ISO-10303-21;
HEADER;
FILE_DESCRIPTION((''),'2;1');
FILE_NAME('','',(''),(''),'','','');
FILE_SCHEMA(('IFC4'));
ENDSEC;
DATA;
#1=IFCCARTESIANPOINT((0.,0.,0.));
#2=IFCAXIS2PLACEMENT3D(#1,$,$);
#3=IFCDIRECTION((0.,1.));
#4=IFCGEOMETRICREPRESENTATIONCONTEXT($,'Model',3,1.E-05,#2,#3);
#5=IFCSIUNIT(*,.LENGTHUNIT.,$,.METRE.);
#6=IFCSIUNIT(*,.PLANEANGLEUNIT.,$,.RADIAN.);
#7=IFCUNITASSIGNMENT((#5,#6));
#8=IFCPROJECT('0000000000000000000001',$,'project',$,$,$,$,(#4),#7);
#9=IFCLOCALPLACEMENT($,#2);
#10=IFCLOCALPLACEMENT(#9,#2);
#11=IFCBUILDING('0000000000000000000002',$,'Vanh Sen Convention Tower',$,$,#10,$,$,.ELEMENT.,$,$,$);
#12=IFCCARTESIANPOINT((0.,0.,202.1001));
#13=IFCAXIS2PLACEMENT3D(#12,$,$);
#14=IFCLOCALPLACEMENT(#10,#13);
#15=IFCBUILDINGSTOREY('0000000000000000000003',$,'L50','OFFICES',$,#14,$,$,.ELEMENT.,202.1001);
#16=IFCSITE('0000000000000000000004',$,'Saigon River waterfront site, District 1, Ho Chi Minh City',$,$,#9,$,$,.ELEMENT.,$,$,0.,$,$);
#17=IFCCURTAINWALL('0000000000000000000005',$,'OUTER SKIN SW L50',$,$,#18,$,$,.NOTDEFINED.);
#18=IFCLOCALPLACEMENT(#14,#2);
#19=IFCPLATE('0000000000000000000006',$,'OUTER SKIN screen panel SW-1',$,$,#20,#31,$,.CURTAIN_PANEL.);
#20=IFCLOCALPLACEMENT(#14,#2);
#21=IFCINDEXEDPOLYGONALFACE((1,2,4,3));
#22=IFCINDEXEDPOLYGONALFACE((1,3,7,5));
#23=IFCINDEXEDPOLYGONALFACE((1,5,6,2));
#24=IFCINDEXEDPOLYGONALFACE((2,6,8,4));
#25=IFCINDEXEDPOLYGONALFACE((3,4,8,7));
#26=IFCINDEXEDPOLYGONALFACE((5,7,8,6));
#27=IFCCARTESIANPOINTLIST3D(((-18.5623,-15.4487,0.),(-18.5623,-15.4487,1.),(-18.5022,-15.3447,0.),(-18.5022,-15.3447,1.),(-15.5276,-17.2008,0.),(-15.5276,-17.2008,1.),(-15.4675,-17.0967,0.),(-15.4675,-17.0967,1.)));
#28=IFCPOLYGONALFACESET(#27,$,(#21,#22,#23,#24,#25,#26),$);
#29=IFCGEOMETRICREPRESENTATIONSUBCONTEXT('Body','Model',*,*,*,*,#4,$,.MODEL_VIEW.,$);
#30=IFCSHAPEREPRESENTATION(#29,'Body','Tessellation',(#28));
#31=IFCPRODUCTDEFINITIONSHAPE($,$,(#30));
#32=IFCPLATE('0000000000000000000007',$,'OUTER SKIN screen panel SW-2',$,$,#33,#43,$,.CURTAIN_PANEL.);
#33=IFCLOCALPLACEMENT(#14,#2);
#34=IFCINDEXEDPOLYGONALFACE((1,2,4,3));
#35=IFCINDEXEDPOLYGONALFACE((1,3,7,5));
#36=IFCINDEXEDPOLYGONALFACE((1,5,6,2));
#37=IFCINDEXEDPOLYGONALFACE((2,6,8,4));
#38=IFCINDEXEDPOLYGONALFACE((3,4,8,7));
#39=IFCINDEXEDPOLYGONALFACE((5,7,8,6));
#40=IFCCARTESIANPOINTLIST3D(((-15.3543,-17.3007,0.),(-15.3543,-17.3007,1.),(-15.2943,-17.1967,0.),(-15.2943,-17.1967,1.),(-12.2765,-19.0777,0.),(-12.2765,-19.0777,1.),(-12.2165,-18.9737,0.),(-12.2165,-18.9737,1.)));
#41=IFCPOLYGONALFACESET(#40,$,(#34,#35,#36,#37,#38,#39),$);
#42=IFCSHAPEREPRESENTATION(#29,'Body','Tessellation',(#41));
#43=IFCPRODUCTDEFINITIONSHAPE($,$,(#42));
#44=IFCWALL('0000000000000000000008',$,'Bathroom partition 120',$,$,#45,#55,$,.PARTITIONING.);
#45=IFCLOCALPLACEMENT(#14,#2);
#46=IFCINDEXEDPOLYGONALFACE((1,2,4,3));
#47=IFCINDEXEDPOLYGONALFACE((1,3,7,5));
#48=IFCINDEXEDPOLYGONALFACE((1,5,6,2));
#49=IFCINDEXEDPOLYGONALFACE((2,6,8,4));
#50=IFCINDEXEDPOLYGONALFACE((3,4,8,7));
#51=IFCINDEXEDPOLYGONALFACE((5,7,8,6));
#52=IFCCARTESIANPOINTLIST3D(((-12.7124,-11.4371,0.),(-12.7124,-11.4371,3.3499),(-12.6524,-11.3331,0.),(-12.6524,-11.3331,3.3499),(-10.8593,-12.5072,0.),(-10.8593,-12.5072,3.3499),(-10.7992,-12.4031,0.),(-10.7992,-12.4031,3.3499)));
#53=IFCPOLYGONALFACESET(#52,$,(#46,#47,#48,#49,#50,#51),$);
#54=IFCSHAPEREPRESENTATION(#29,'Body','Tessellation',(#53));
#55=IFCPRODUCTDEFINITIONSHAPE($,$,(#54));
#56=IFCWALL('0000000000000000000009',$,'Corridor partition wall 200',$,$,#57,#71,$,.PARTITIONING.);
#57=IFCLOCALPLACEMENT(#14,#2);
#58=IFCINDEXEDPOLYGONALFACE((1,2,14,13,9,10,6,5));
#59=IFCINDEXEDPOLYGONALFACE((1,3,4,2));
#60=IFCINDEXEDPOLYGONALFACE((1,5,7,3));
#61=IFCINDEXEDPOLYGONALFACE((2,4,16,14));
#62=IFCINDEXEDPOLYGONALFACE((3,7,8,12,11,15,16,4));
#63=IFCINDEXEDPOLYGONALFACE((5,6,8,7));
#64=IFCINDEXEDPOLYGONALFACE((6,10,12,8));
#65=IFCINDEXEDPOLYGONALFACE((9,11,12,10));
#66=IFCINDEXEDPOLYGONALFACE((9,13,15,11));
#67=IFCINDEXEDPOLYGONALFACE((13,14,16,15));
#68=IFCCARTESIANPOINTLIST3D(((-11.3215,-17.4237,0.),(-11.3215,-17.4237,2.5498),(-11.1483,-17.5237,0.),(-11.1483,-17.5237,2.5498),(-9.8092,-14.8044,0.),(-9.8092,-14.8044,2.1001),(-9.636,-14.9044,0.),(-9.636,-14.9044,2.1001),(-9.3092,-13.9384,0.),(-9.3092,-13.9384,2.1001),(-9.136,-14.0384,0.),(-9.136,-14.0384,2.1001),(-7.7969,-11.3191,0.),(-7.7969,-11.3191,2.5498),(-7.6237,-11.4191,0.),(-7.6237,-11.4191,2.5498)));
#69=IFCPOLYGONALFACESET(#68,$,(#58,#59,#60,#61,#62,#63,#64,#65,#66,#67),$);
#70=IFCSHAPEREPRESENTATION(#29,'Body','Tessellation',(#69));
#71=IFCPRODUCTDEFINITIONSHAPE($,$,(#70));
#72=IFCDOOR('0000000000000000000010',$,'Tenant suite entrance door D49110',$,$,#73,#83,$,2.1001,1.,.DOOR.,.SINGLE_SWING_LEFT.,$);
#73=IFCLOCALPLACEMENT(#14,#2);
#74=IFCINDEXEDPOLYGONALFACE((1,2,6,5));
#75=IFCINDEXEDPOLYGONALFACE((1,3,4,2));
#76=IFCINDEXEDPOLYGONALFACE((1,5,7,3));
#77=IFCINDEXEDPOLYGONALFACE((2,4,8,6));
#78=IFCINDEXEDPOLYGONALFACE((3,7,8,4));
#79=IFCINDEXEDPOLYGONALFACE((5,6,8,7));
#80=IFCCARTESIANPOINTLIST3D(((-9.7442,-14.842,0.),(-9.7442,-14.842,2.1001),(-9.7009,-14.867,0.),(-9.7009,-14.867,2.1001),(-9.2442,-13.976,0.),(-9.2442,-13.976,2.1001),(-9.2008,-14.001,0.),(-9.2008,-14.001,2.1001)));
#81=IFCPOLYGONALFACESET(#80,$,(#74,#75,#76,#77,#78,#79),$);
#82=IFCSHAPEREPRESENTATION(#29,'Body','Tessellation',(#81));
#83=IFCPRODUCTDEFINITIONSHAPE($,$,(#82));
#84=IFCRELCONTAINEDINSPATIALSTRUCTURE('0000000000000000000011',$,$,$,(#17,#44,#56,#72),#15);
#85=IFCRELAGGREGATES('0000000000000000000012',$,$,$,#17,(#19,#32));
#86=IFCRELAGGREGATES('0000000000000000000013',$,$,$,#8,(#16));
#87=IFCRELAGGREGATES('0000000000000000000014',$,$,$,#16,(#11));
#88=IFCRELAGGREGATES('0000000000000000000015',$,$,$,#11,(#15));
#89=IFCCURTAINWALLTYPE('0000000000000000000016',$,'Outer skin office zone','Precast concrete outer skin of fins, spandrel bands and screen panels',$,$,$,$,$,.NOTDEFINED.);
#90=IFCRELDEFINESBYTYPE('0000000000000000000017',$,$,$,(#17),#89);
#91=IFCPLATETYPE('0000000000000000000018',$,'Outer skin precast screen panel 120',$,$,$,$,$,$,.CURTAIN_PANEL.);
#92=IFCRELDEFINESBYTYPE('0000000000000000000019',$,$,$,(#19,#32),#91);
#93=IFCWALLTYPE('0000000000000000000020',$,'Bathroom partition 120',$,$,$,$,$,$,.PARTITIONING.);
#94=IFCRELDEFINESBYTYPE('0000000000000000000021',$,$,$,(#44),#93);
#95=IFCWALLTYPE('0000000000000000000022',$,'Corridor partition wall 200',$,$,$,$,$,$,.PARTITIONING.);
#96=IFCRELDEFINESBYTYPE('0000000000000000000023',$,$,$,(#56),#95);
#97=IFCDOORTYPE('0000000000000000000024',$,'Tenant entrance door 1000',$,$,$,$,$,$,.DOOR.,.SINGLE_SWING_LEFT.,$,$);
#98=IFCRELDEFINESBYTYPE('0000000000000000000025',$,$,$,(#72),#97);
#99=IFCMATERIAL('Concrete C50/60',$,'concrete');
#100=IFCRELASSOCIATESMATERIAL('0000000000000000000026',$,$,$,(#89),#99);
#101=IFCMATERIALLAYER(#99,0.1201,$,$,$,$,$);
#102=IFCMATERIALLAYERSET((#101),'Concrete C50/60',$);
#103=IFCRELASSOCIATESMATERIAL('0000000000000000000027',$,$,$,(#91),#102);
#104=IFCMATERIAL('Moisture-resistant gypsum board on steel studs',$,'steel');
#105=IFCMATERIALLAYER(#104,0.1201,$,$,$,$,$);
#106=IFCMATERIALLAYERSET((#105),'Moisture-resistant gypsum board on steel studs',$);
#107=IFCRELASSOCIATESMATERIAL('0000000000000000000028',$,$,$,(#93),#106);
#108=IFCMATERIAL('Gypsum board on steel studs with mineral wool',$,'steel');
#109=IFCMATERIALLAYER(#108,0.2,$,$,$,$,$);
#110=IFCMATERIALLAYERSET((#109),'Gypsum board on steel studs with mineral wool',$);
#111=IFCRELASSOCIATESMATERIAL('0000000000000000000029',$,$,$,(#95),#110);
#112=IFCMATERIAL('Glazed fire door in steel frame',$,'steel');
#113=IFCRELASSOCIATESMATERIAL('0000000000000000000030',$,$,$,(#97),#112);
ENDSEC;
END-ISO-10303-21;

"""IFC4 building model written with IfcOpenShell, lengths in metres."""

from ifc_helpers import new_model, si_unit, direction, frame, frame_2d, origin, origin_2d, place, context, subcontext, project, spatial, rectangle, extrude, material, layer, layer_set, type_object, element, fill, aggregate, save


model = new_model("IFC4")

# Units and contexts
model_context = context("Model", 3, precision=1e-05, world=origin(), true_north=direction((0.0, 1.0)))
body_context = subcontext(model_context, "Body", "Model", "MODEL_VIEW")
ifc_project = project(units=[si_unit("LENGTHUNIT", "METRE"), si_unit("PLANEANGLEUNIT", "RADIAN")], contexts=[model_context])

# Site, building, storey
site_placement = place(None, origin())
site = spatial("IfcSite", under=ifc_project, at=site_placement, Name="Saigon River waterfront site, District 1, Ho Chi Minh City", CompositionType="ELEMENT", RefElevation=0.0)
building_placement = place(site_placement, origin())
building = spatial("IfcBuilding", under=site, at=building_placement, Name="Vanh Sen Convention Tower", CompositionType="ELEMENT")
storey_placement = place(building_placement, frame((0.0, 0.0, 202.1001)))
storey = spatial("IfcBuildingStorey", under=building, at=storey_placement, Name="L50", Description="OFFICES", CompositionType="ELEMENT", Elevation=202.1001)

# Curtain wall
ifc_material_1 = material(Name="Concrete C50/60", Category="concrete")
curtain_wall_type = type_object("IfcCurtainWallType", Name="Outer skin office zone", Description="Precast concrete outer skin of fins, spandrel bands and screen panels", PredefinedType="NOTDEFINED", material=ifc_material_1)
curtain_wall_1_placement = place(storey_placement, origin())
curtain_wall_1 = element("IfcCurtainWall", 1, at=curtain_wall_1_placement, inside=storey, type_object=curtain_wall_type, Name="OUTER SKIN SW L50", PredefinedType="NOTDEFINED")

# Shared definitions
ifc_layer_1 = layer(ifc_material_1, 0.1201)
ifc_layer_set_1 = layer_set([ifc_layer_1], Name="Concrete C50/60")
plate_type = type_object("IfcPlateType", Name="Outer skin precast screen panel 120", PredefinedType="CURTAIN_PANEL", material=ifc_layer_set_1)

# Plates
plate_1_placement = place(storey_placement, frame((-17.0149, -16.2727, 0.0), z_axis=(0.0, 0.0, 1.0), x_axis=(0.866024, -0.500003, 0.0)))
plate_1 = element("IfcPlate", 2, at=plate_1_placement, type_object=plate_type, Name="OUTER SKIN screen panel SW-1", PredefinedType="CURTAIN_PANEL", context=body_context, shape_type="SweptSolid", body=[
    extrude(rectangle(XDim=3.5042, YDim=0.1201, at=origin_2d()), origin(), (0.0, 0.0, 1.0), 1.0),
])
plate_2_placement = place(storey_placement, frame((-13.7854, -18.1372, 0.0), z_axis=(0.0, 0.0, 1.0), x_axis=(0.866028, -0.499995, 0.0)))
plate_2 = element("IfcPlate", 3, at=plate_2_placement, type_object=plate_type, Name="OUTER SKIN screen panel SW-2", PredefinedType="CURTAIN_PANEL", context=body_context, shape_type="SweptSolid", body=[
    extrude(rectangle(XDim=3.554, YDim=0.1201, at=origin_2d()), origin(), (0.0, 0.0, 1.0), 1.0),
])
aggregate(curtain_wall_1, [plate_1, plate_2])

# Wall
ifc_material_2 = material(Name="Moisture-resistant gypsum board on steel studs", Category="steel")
ifc_layer_2 = layer(ifc_material_2, 0.1201)
ifc_layer_set_2 = layer_set([ifc_layer_2], Name="Moisture-resistant gypsum board on steel studs")
wall_type_1 = type_object("IfcWallType", Name="Bathroom partition 120", PredefinedType="PARTITIONING", material=ifc_layer_set_2)
wall_1_placement = place(storey_placement, frame((-10.8293, -12.4551, 0.0), z_axis=(0.0, 0.0, 1.0), x_axis=(-0.866009, 0.500029, 0.0)))
element("IfcWall", 4, at=wall_1_placement, inside=storey, type_object=wall_type_1, Name="Bathroom partition 120", PredefinedType="PARTITIONING", context=body_context, shape_type="SweptSolid", body=[
    extrude(rectangle(XDim=2.1399, YDim=0.1201, at=frame_2d((1.0698, 0.0))), origin(), (0.0, 0.0, 1.0), 3.3499),
])

# Wall, opening, door
ifc_material_3 = material(Name="Gypsum board on steel studs with mineral wool", Category="steel")
ifc_layer_3 = layer(ifc_material_3, 0.2)
ifc_layer_set_3 = layer_set([ifc_layer_3], Name="Gypsum board on steel studs with mineral wool")
wall_type_2 = type_object("IfcWallType", Name="Corridor partition wall 200", PredefinedType="PARTITIONING", material=ifc_layer_set_3)
wall_2_placement = place(storey_placement, frame((-11.2349, -17.4736, 0.0), z_axis=(0.0, 0.0, 1.0), x_axis=(0.500009, 0.86602, 0.0)))
wall_2 = element("IfcWall", 5, at=wall_2_placement, inside=storey, type_object=wall_type_2, Name="Corridor partition wall 200", PredefinedType="PARTITIONING", context=body_context, shape_type="SweptSolid", body=[
    extrude(rectangle(XDim=7.0491, YDim=0.2, at=frame_2d((3.5244, 0.0))), origin(), (0.0, 0.0, 1.0), 2.5498),
])
opening_1_placement = place(wall_2_placement, frame((3.0244, 0.0, 0.0)))
opening_1 = element("IfcOpeningElement", 6, at=opening_1_placement, cuts=wall_2, PredefinedType="OPENING", context=body_context, shape_type="SweptSolid", body=[
    extrude(rectangle(XDim=1.0, YDim=2.1001, at=frame_2d((0.5, 1.05))), frame((0.0, 0.1099, 0.0), z_axis=(0.0, -1.0, 0.0), x_axis=(1.0, 0.0, 0.0)), (0.0, 0.0, 1.0), 0.22),
])
ifc_material_4 = material(Name="Glazed fire door in steel frame", Category="steel")
door_type = type_object("IfcDoorType", Name="Tenant entrance door 1000", OperationType="SINGLE_SWING_LEFT", PredefinedType="DOOR", material=ifc_material_4)
door_placement = place(opening_1_placement, origin())
door = element("IfcDoor", 7, at=door_placement, inside=storey, type_object=door_type, Name="Tenant suite entrance door D49110", OperationType="SINGLE_SWING_LEFT", OverallHeight=2.1001, OverallWidth=1.0, PredefinedType="DOOR", context=body_context, shape_type="SweptSolid", body=[
    extrude(rectangle(XDim=1.0, YDim=2.1001, at=frame_2d((0.5, 1.05))), frame((0.0, 0.0249, 0.0), z_axis=(0.0, -1.0, 0.0), x_axis=(1.0, 0.0, 0.0)), (0.0, 0.0, 1.0), 0.05),
])
fill(opening_1, door)

save(model, "model.ifc")
